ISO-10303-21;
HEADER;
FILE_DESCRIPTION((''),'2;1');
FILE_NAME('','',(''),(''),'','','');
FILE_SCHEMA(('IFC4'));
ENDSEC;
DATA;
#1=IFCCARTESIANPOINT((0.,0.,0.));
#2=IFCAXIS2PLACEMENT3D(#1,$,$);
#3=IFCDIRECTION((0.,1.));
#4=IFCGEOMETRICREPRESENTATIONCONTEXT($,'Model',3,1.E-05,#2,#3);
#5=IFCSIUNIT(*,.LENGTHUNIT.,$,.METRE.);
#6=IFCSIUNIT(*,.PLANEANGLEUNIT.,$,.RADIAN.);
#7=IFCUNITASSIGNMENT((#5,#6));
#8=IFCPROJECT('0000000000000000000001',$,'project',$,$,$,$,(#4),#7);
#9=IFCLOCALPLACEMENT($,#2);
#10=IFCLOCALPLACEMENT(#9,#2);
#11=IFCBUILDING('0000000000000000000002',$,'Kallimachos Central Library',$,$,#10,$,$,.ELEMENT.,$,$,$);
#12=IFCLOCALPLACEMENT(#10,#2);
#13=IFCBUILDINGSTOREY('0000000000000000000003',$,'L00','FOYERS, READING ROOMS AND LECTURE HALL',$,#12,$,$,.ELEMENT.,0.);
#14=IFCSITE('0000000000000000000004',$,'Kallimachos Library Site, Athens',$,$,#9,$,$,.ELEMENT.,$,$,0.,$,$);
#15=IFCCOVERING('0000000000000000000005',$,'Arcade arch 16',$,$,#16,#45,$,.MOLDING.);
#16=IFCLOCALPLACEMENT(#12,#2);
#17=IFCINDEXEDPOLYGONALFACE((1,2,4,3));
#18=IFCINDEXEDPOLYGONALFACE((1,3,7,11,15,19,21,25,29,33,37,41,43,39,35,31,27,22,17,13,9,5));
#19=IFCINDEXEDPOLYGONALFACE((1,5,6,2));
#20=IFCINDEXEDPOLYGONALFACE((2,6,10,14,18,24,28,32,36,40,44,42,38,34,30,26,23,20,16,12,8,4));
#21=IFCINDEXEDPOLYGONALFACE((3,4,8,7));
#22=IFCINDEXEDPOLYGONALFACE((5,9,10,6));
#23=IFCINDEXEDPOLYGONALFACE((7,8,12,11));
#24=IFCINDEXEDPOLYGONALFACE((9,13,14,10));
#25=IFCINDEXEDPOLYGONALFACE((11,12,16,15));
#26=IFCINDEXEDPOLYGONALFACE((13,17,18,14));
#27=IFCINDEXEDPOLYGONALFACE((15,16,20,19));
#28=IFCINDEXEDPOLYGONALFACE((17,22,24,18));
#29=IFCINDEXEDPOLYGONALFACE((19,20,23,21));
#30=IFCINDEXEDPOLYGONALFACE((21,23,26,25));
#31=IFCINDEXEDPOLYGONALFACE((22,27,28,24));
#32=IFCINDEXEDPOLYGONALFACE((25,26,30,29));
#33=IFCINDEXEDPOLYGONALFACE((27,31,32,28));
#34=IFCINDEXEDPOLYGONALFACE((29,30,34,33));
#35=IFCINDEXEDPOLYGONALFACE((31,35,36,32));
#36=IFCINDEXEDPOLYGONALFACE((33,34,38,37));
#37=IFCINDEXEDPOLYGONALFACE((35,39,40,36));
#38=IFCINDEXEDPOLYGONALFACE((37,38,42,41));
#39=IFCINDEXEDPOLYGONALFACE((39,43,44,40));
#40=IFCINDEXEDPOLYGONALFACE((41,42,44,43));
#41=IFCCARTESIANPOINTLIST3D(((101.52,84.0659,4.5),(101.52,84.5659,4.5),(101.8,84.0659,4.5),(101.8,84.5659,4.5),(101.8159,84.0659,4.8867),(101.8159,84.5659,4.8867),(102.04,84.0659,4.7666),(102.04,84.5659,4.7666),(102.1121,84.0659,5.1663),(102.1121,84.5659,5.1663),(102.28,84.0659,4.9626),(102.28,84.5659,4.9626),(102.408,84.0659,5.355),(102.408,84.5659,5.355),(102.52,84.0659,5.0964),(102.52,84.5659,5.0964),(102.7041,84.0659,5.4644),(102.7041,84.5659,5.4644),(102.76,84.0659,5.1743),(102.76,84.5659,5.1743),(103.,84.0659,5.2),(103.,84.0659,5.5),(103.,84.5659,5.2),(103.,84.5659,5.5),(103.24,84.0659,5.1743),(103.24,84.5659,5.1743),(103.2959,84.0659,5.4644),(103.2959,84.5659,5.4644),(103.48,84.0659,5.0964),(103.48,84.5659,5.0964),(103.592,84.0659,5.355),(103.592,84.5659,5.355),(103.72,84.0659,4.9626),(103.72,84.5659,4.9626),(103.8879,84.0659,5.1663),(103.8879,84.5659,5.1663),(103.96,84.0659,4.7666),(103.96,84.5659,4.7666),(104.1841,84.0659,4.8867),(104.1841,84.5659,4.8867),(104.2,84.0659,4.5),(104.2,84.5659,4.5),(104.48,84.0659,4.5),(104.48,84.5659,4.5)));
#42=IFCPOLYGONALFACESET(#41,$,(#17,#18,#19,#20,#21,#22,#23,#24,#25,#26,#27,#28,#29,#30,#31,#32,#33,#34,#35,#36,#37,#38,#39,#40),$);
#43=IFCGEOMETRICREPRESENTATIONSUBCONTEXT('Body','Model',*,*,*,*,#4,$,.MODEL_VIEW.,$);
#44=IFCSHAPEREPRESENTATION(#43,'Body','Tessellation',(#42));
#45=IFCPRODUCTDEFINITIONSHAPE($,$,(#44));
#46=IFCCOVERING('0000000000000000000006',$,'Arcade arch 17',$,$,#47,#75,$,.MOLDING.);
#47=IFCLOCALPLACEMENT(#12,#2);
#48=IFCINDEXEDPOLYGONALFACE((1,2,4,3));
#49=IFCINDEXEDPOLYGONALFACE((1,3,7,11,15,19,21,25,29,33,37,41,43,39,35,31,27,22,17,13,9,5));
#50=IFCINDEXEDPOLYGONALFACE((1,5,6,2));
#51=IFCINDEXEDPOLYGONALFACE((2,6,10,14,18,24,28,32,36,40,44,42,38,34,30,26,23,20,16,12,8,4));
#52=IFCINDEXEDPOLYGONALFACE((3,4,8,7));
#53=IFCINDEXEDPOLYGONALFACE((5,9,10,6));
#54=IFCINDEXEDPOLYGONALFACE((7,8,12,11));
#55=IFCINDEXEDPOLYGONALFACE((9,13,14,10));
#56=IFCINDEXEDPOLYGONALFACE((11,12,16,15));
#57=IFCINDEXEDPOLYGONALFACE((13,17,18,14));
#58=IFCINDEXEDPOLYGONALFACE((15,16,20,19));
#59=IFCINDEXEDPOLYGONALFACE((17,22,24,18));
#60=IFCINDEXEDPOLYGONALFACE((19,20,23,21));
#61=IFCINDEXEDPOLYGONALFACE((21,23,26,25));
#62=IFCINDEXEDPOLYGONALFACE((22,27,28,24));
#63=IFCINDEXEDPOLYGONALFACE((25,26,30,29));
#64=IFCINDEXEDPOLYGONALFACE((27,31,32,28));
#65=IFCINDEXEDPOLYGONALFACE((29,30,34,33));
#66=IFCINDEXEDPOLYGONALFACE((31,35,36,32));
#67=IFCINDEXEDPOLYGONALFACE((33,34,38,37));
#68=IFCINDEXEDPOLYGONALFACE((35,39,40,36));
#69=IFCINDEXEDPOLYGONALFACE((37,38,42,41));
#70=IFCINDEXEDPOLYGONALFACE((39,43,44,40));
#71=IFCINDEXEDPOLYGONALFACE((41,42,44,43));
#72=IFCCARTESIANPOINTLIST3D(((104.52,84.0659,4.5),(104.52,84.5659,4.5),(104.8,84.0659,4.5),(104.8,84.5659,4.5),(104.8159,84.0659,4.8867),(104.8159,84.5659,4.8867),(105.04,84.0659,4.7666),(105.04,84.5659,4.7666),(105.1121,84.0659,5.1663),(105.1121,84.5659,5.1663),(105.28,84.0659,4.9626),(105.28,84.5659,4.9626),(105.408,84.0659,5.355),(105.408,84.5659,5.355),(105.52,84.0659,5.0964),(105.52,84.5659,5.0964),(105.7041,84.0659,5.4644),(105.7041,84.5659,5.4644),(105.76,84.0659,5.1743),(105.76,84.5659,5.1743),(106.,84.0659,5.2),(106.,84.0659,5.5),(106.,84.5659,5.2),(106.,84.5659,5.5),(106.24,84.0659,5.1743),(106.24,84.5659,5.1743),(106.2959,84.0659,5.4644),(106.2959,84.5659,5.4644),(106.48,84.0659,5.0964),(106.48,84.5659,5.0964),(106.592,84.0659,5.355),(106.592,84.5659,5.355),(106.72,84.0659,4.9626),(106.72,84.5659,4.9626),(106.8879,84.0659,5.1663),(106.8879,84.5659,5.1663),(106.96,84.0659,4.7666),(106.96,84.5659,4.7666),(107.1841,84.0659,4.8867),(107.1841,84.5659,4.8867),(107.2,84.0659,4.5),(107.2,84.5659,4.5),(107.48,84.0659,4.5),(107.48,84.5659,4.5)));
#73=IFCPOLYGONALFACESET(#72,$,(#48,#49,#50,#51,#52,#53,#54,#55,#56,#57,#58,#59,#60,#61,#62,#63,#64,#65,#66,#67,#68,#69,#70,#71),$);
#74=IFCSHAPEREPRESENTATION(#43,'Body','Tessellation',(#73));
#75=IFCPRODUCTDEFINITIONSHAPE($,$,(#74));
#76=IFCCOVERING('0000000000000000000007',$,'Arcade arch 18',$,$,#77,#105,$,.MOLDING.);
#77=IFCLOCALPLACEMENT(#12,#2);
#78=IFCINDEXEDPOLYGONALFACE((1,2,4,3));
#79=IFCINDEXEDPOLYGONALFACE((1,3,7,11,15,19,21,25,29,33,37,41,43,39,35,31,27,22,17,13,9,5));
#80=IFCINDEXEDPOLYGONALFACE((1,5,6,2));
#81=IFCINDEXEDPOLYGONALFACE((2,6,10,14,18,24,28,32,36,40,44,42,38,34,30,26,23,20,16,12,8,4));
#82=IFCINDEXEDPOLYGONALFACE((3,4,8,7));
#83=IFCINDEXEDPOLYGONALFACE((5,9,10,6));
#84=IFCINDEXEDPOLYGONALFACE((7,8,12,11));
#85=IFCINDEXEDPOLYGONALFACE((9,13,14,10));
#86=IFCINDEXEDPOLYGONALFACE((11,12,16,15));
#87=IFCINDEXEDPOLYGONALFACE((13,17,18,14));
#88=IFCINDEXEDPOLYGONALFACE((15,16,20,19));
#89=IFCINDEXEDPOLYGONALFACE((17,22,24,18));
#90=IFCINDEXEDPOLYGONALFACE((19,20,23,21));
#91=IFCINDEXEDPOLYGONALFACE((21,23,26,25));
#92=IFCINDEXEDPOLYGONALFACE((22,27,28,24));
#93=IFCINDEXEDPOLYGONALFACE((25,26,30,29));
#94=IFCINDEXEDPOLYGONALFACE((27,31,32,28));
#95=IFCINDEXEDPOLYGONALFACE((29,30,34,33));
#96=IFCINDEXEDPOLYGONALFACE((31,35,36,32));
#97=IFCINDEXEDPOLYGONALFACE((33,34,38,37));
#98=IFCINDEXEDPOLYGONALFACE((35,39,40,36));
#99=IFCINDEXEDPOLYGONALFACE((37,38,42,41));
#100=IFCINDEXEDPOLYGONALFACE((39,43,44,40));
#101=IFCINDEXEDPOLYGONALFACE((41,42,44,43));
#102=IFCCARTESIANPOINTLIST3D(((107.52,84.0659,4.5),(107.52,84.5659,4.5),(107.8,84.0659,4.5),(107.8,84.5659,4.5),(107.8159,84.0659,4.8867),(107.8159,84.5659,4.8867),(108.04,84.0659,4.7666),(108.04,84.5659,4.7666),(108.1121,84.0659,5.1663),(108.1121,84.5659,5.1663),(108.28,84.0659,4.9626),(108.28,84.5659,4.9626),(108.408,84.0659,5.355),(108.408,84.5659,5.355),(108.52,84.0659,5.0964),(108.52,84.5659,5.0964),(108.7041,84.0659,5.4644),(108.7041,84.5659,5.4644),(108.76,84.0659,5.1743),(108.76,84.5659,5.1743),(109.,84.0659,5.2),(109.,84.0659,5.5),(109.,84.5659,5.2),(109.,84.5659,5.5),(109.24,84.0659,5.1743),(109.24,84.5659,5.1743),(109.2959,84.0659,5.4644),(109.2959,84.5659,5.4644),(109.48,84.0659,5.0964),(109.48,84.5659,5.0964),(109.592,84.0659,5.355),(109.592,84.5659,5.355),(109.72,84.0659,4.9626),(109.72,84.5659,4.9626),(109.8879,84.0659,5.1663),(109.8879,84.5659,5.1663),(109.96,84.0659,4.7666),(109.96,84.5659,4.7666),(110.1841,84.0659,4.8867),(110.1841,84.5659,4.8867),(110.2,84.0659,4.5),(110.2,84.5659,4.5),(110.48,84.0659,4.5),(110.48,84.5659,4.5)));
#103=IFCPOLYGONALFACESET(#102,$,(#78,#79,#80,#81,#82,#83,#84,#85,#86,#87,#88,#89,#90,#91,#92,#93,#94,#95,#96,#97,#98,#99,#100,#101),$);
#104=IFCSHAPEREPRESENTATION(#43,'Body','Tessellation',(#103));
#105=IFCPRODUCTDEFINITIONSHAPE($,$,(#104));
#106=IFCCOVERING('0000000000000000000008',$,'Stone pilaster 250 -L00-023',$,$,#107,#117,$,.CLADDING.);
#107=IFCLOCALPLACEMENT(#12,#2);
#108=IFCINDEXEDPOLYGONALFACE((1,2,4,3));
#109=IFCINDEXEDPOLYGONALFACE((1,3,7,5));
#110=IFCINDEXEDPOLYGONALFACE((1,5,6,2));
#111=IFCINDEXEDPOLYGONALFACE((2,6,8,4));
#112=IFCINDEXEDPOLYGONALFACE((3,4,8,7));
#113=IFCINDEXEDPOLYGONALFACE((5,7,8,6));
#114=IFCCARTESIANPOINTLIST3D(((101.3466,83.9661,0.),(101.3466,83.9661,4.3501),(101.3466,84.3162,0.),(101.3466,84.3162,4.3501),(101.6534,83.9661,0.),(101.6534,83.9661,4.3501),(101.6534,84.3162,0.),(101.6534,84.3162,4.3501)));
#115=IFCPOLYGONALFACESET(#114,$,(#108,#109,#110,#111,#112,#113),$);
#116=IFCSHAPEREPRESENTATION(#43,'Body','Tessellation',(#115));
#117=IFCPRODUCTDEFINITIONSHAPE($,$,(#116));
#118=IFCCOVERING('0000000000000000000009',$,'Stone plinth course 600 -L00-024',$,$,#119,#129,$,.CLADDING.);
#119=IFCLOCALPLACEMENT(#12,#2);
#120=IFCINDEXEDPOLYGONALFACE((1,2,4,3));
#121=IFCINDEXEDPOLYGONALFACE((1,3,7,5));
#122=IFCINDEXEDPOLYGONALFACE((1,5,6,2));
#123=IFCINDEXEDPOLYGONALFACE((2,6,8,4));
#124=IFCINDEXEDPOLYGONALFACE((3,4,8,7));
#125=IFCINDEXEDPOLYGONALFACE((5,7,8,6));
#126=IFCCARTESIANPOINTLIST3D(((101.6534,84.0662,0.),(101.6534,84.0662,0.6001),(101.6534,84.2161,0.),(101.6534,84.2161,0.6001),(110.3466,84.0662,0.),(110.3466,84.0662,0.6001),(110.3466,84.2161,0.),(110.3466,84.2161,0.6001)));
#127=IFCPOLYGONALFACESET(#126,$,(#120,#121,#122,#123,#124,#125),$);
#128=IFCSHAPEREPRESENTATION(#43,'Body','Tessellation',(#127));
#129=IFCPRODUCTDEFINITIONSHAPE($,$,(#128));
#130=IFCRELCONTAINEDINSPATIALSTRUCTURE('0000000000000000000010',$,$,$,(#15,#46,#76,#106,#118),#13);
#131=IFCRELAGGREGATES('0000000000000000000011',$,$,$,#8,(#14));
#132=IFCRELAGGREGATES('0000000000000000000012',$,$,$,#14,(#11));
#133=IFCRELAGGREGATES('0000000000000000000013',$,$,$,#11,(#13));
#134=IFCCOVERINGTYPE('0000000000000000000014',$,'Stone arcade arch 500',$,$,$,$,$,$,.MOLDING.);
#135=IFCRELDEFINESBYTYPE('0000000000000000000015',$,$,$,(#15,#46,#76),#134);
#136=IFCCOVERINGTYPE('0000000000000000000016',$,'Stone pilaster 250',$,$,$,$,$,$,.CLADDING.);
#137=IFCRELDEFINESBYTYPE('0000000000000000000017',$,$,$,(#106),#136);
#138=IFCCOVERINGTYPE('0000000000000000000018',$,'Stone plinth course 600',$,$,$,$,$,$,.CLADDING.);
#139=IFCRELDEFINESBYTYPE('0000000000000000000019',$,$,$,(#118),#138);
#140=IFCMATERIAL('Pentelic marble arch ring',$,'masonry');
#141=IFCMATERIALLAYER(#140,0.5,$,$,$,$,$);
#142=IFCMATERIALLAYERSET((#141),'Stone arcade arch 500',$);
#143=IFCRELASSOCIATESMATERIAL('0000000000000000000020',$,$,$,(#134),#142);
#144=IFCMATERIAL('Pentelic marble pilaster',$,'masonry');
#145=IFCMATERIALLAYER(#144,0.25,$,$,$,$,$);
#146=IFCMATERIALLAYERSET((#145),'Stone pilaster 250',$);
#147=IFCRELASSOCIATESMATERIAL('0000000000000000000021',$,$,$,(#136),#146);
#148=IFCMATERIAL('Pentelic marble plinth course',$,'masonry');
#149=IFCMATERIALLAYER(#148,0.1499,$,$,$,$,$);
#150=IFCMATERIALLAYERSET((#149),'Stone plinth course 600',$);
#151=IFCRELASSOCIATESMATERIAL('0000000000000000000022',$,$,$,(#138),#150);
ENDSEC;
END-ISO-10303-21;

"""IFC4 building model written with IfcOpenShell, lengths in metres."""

from ifc_helpers import new_model, si_unit, direction, frame, origin, origin_2d, place, context, subcontext, project, spatial, polyline, rectangle, outline, extrude, material, layer, layer_set, type_object, element, save


model = new_model("IFC4")

# Units and contexts
model_context = context("Model", 3, precision=1e-05, world=origin(), true_north=direction((0.0, 1.0)))
body_context = subcontext(model_context, "Body", "Model", "MODEL_VIEW")
ifc_project = project(units=[si_unit("LENGTHUNIT", "METRE"), si_unit("PLANEANGLEUNIT", "RADIAN")], contexts=[model_context])

# Site, building, storey
site_placement = place(None, origin())
site = spatial("IfcSite", under=ifc_project, at=site_placement, Name="Kallimachos Library Site, Athens", CompositionType="ELEMENT", RefElevation=0.0)
building_placement = place(site_placement, origin())
building = spatial("IfcBuilding", under=site, at=building_placement, Name="Kallimachos Central Library", CompositionType="ELEMENT")
storey_placement = place(building_placement, origin())
storey = spatial("IfcBuildingStorey", under=building, at=storey_placement, Name="L00", Description="FOYERS, READING ROOMS AND LECTURE HALL", CompositionType="ELEMENT", Elevation=0.0)

# Coverings
ifc_material_1 = material(Name="Pentelic marble arch ring", Category="masonry")
ifc_layer_1 = layer(ifc_material_1, 0.5)
ifc_layer_set_1 = layer_set([ifc_layer_1], Name="Stone arcade arch 500")
covering_type_1 = type_object("IfcCoveringType", Name="Stone arcade arch 500", PredefinedType="MOLDING", material=ifc_layer_set_1)
for number, where, z_axis, x_axis, name in (
    (1, (101.52, 84.5659, 4.5), (0.0, 1.0, 0.0), (0.607673, 0.0, 0.794187), "Arcade arch 16"),
    (2, (104.52, 84.5659, 4.5), (0.0, 1.0, 0.0), (0.607673, 0.0, 0.794187), "Arcade arch 17"),
    (3, (107.52, 84.5659, 4.5), (0.0, 1.0, 0.0), (0.607673, 0.0, 0.794187), "Arcade arch 18"),
):
    element("IfcCovering", number, at=place(storey_placement, frame(where, z_axis=z_axis, x_axis=x_axis)), inside=storey, type_object=covering_type_1, Name=name, PredefinedType="MOLDING", context=body_context, shape_type="SweptSolid", body=[
        extrude(outline(polyline([(0.0, 0.0), (0.4869, 0.0), (0.8889, 0.0653), (1.2186, 0.1856), (1.4854, 0.3544), (1.6935, 0.5677), (1.845, 0.8244), (1.9381, 1.126), (1.9681, 1.4757), (1.926, 1.8808), (1.7987, 2.3508), (1.7987, 2.3508), (1.6285, 2.1284), (1.6285, 2.1284), (1.6944, 1.7758), (1.7043, 1.466), (1.6647, 1.1941), (1.5807, 0.9562), (1.4552, 0.75), (1.289, 0.575), (1.0814, 0.4317), (0.8293, 0.3225), (0.5277, 0.251), (0.1702, 0.2224), (0.1702, 0.2224), (0.0, 0.0), (0.0, 0.0)])), origin(), (0.0, 0.0, -1.0), 0.5),
    ])
ifc_material_2 = material(Name="Pentelic marble pilaster", Category="masonry")
ifc_layer_2 = layer(ifc_material_2, 0.25)
ifc_layer_set_2 = layer_set([ifc_layer_2], Name="Stone pilaster 250")
covering_type_2 = type_object("IfcCoveringType", Name="Stone pilaster 250", PredefinedType="CLADDING", material=ifc_layer_set_2)
covering_1_placement = place(storey_placement, frame((101.5, 84.1411, 0.0), z_axis=(0.0, 0.0, 1.0), x_axis=(1.0, 0.0, 0.0)))
element("IfcCovering", 4, at=covering_1_placement, inside=storey, type_object=covering_type_2, Name="Stone pilaster 250 -L00-023", PredefinedType="CLADDING", context=body_context, shape_type="SweptSolid", body=[
    extrude(rectangle(XDim=0.3069, YDim=0.3501, at=origin_2d()), origin(), (0.0, 0.0, 1.0), 4.3501),
])
ifc_material_3 = material(Name="Pentelic marble plinth course", Category="masonry")
ifc_layer_3 = layer(ifc_material_3, 0.1499)
ifc_layer_set_3 = layer_set([ifc_layer_3], Name="Stone plinth course 600")
covering_type_3 = type_object("IfcCoveringType", Name="Stone plinth course 600", PredefinedType="CLADDING", material=ifc_layer_set_3)
covering_2_placement = place(storey_placement, frame((106.0, 84.1411, 0.0), z_axis=(0.0, 0.0, 1.0), x_axis=(1.0, 0.0, 0.0)))
element("IfcCovering", 5, at=covering_2_placement, inside=storey, type_object=covering_type_3, Name="Stone plinth course 600 -L00-024", PredefinedType="CLADDING", context=body_context, shape_type="SweptSolid", body=[
    extrude(rectangle(XDim=8.6931, YDim=0.1499, at=origin_2d()), origin(), (0.0, 0.0, 1.0), 0.6001),
])

save(model, "model.ifc")
